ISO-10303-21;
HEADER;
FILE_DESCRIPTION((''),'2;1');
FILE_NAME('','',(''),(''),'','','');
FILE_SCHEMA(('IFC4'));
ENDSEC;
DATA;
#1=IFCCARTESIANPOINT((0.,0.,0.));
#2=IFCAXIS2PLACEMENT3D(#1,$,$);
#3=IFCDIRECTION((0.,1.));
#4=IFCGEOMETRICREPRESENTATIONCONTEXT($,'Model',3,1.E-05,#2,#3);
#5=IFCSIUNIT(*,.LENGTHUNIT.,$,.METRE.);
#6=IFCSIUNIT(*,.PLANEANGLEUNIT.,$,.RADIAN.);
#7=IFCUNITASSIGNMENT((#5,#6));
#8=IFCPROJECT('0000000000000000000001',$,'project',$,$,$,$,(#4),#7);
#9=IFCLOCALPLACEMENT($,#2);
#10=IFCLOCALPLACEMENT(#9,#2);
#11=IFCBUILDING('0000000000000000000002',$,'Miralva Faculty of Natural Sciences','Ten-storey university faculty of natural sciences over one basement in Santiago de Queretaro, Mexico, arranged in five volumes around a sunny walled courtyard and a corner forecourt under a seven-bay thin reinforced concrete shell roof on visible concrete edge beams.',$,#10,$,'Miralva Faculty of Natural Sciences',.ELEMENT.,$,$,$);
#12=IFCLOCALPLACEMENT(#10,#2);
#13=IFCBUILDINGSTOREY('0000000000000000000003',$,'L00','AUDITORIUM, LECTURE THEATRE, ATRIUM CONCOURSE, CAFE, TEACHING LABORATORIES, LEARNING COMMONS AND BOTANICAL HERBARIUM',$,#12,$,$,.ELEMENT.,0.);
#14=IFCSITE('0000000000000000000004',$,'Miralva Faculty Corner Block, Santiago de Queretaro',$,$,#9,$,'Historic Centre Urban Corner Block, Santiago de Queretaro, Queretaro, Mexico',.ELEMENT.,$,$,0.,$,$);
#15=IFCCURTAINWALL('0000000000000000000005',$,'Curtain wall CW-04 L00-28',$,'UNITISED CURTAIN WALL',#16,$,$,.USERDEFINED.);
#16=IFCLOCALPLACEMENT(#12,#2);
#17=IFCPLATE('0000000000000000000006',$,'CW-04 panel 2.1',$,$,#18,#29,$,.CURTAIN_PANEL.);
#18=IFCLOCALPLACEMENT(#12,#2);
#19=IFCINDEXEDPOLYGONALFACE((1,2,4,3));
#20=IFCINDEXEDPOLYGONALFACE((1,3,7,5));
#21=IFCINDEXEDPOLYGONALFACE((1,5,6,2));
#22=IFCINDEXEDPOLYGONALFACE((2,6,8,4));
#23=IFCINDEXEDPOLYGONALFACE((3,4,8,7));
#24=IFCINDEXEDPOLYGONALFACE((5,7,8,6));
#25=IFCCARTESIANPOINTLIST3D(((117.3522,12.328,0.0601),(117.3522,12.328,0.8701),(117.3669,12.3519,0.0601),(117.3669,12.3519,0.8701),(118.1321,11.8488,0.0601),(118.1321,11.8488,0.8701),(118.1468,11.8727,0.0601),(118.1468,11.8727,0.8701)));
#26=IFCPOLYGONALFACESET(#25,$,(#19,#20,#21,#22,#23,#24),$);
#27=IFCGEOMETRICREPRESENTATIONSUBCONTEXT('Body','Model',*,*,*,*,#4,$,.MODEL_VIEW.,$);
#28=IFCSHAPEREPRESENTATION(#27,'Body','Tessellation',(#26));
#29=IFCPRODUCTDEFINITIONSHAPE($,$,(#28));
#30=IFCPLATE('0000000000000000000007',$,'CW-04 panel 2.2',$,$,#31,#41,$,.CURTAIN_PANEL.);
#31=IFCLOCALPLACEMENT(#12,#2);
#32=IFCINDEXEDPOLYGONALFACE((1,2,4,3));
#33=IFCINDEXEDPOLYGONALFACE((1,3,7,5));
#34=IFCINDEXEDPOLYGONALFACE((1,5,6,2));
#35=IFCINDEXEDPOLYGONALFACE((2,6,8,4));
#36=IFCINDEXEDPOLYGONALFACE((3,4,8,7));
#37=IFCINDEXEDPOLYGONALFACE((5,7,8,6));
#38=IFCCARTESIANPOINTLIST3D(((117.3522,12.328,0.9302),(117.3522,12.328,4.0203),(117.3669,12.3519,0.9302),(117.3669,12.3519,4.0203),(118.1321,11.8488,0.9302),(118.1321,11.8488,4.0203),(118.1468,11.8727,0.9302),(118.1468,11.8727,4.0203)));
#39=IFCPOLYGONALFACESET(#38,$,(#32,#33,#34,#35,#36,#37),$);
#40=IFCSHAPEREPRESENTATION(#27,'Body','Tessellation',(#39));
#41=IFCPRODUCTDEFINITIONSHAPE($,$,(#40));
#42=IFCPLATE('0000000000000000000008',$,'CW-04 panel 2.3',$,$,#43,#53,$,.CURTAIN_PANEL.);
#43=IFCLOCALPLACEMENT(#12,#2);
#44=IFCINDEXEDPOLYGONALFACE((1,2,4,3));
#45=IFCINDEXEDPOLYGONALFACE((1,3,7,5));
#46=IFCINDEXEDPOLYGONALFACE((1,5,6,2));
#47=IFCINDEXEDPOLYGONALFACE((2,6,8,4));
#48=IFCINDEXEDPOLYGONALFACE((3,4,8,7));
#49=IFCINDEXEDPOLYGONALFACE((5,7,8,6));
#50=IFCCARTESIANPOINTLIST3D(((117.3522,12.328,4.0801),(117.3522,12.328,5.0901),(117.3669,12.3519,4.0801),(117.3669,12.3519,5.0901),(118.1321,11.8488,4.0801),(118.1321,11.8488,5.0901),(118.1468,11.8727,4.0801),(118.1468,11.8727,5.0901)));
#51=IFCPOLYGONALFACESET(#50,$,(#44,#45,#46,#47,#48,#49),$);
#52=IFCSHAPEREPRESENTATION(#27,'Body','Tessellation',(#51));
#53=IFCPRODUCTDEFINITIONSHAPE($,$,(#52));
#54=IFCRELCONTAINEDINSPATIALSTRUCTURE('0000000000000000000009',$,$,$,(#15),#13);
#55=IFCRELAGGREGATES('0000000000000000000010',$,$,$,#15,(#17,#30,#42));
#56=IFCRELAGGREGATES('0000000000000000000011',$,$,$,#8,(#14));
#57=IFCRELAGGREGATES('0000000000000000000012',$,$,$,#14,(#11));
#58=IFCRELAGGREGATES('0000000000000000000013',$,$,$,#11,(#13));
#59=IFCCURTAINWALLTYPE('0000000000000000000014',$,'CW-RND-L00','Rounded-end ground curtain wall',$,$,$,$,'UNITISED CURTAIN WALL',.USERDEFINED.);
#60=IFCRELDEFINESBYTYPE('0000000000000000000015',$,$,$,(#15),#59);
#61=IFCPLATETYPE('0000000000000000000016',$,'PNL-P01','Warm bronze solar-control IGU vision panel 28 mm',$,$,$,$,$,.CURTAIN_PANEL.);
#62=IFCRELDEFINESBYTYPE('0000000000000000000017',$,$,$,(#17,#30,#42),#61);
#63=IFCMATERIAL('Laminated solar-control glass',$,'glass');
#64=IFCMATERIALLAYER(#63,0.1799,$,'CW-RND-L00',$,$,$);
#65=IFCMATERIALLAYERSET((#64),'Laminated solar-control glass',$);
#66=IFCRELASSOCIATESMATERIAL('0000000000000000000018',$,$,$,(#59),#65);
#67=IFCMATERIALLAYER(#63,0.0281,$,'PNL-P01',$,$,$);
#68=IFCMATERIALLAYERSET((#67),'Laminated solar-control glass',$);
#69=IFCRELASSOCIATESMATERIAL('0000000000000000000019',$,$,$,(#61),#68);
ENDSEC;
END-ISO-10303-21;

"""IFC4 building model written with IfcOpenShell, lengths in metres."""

from ifc_helpers import new_model, si_unit, direction, frame, origin, origin_2d, place, context, subcontext, project, spatial, rectangle, extrude, material, layer, layer_set, type_object, element, aggregate, save


model = new_model("IFC4")

# Units and contexts
model_context = context("Model", 3, precision=1e-05, world=origin(), true_north=direction((0.0, 1.0)))
body_context = subcontext(model_context, "Body", "Model", "MODEL_VIEW")
ifc_project = project(units=[si_unit("LENGTHUNIT", "METRE"), si_unit("PLANEANGLEUNIT", "RADIAN")], contexts=[model_context])

# Site, building, storey
site_placement = place(None, origin())
site = spatial("IfcSite", under=ifc_project, at=site_placement, Name="Miralva Faculty Corner Block, Santiago de Queretaro", LongName="Historic Centre Urban Corner Block, Santiago de Queretaro, Queretaro, Mexico", CompositionType="ELEMENT", RefElevation=0.0)
building_placement = place(site_placement, origin())
building = spatial("IfcBuilding", under=site, at=building_placement, Name="Miralva Faculty of Natural Sciences", Description="Ten-storey university faculty of natural sciences over one basement in Santiago de Queretaro, Mexico, arranged in five volumes around a sunny walled courtyard and a corner forecourt under a seven-bay thin reinforced concrete shell roof on visible concrete edge beams.", LongName="Miralva Faculty of Natural Sciences", CompositionType="ELEMENT")
storey_placement = place(building_placement, origin())
storey = spatial("IfcBuildingStorey", under=building, at=storey_placement, Name="L00", Description="AUDITORIUM, LECTURE THEATRE, ATRIUM CONCOURSE, CAFE, TEACHING LABORATORIES, LEARNING COMMONS AND BOTANICAL HERBARIUM", CompositionType="ELEMENT", Elevation=0.0)

# Shared definitions
ifc_material_1 = material(Name="Laminated solar-control glass", Category="glass")
ifc_layer_1 = layer(ifc_material_1, 0.1799, Name="CW-RND-L00")
ifc_layer_set_1 = layer_set([ifc_layer_1], Name="Laminated solar-control glass")
curtain_wall_type = type_object("IfcCurtainWallType", Name="CW-RND-L00", Description="Rounded-end ground curtain wall", ElementType="UNITISED CURTAIN WALL", PredefinedType="USERDEFINED", material=ifc_layer_set_1)

# Curtain wall
curtain_wall_1_placement = place(storey_placement, origin())
curtain_wall_1 = element("IfcCurtainWall", 1, at=curtain_wall_1_placement, inside=storey, type_object=curtain_wall_type, Name="Curtain wall CW-04 L00-28", ObjectType="UNITISED CURTAIN WALL", PredefinedType="USERDEFINED")

# Plates
ifc_layer_2 = layer(ifc_material_1, 0.0281, Name="PNL-P01")
ifc_layer_set_2 = layer_set([ifc_layer_2], Name="Laminated solar-control glass")
plate_type = type_object("IfcPlateType", Name="PNL-P01", Description="Warm bronze solar-control IGU vision panel 28 mm", PredefinedType="CURTAIN_PANEL", material=ifc_layer_set_2)
plate_1_placement = place(storey_placement, frame((117.7495, 12.1003, 0.0601), z_axis=(0.0, 0.0, 1.0), x_axis=(0.852004, -0.523535, 0.0)))
plate_1 = element("IfcPlate", 2, at=plate_1_placement, type_object=plate_type, Name="CW-04 panel 2.1", PredefinedType="CURTAIN_PANEL", context=body_context, shape_type="SweptSolid", body=[
    extrude(rectangle(XDim=0.9153, YDim=0.0281, at=origin_2d()), origin(), (0.0, 0.0, 1.0), 0.8101),
])
plate_2_placement = place(storey_placement, frame((117.7495, 12.1003, 0.9302), z_axis=(0.0, 0.0, 1.0), x_axis=(0.852004, -0.523535, 0.0)))
plate_2 = element("IfcPlate", 3, at=plate_2_placement, type_object=plate_type, Name="CW-04 panel 2.2", PredefinedType="CURTAIN_PANEL", context=body_context, shape_type="SweptSolid", body=[
    extrude(rectangle(XDim=0.9153, YDim=0.0281, at=origin_2d()), origin(), (0.0, 0.0, 1.0), 3.0901),
])
plate_3_placement = place(storey_placement, frame((117.7495, 12.1003, 4.0801), z_axis=(0.0, 0.0, 1.0), x_axis=(0.852004, -0.523535, 0.0)))
plate_3 = element("IfcPlate", 4, at=plate_3_placement, type_object=plate_type, Name="CW-04 panel 2.3", PredefinedType="CURTAIN_PANEL", context=body_context, shape_type="SweptSolid", body=[
    extrude(rectangle(XDim=0.9153, YDim=0.0281, at=origin_2d()), origin(), (0.0, 0.0, 1.0), 1.01),
])
aggregate(curtain_wall_1, [plate_1, plate_2, plate_3])

save(model, "model.ifc")
